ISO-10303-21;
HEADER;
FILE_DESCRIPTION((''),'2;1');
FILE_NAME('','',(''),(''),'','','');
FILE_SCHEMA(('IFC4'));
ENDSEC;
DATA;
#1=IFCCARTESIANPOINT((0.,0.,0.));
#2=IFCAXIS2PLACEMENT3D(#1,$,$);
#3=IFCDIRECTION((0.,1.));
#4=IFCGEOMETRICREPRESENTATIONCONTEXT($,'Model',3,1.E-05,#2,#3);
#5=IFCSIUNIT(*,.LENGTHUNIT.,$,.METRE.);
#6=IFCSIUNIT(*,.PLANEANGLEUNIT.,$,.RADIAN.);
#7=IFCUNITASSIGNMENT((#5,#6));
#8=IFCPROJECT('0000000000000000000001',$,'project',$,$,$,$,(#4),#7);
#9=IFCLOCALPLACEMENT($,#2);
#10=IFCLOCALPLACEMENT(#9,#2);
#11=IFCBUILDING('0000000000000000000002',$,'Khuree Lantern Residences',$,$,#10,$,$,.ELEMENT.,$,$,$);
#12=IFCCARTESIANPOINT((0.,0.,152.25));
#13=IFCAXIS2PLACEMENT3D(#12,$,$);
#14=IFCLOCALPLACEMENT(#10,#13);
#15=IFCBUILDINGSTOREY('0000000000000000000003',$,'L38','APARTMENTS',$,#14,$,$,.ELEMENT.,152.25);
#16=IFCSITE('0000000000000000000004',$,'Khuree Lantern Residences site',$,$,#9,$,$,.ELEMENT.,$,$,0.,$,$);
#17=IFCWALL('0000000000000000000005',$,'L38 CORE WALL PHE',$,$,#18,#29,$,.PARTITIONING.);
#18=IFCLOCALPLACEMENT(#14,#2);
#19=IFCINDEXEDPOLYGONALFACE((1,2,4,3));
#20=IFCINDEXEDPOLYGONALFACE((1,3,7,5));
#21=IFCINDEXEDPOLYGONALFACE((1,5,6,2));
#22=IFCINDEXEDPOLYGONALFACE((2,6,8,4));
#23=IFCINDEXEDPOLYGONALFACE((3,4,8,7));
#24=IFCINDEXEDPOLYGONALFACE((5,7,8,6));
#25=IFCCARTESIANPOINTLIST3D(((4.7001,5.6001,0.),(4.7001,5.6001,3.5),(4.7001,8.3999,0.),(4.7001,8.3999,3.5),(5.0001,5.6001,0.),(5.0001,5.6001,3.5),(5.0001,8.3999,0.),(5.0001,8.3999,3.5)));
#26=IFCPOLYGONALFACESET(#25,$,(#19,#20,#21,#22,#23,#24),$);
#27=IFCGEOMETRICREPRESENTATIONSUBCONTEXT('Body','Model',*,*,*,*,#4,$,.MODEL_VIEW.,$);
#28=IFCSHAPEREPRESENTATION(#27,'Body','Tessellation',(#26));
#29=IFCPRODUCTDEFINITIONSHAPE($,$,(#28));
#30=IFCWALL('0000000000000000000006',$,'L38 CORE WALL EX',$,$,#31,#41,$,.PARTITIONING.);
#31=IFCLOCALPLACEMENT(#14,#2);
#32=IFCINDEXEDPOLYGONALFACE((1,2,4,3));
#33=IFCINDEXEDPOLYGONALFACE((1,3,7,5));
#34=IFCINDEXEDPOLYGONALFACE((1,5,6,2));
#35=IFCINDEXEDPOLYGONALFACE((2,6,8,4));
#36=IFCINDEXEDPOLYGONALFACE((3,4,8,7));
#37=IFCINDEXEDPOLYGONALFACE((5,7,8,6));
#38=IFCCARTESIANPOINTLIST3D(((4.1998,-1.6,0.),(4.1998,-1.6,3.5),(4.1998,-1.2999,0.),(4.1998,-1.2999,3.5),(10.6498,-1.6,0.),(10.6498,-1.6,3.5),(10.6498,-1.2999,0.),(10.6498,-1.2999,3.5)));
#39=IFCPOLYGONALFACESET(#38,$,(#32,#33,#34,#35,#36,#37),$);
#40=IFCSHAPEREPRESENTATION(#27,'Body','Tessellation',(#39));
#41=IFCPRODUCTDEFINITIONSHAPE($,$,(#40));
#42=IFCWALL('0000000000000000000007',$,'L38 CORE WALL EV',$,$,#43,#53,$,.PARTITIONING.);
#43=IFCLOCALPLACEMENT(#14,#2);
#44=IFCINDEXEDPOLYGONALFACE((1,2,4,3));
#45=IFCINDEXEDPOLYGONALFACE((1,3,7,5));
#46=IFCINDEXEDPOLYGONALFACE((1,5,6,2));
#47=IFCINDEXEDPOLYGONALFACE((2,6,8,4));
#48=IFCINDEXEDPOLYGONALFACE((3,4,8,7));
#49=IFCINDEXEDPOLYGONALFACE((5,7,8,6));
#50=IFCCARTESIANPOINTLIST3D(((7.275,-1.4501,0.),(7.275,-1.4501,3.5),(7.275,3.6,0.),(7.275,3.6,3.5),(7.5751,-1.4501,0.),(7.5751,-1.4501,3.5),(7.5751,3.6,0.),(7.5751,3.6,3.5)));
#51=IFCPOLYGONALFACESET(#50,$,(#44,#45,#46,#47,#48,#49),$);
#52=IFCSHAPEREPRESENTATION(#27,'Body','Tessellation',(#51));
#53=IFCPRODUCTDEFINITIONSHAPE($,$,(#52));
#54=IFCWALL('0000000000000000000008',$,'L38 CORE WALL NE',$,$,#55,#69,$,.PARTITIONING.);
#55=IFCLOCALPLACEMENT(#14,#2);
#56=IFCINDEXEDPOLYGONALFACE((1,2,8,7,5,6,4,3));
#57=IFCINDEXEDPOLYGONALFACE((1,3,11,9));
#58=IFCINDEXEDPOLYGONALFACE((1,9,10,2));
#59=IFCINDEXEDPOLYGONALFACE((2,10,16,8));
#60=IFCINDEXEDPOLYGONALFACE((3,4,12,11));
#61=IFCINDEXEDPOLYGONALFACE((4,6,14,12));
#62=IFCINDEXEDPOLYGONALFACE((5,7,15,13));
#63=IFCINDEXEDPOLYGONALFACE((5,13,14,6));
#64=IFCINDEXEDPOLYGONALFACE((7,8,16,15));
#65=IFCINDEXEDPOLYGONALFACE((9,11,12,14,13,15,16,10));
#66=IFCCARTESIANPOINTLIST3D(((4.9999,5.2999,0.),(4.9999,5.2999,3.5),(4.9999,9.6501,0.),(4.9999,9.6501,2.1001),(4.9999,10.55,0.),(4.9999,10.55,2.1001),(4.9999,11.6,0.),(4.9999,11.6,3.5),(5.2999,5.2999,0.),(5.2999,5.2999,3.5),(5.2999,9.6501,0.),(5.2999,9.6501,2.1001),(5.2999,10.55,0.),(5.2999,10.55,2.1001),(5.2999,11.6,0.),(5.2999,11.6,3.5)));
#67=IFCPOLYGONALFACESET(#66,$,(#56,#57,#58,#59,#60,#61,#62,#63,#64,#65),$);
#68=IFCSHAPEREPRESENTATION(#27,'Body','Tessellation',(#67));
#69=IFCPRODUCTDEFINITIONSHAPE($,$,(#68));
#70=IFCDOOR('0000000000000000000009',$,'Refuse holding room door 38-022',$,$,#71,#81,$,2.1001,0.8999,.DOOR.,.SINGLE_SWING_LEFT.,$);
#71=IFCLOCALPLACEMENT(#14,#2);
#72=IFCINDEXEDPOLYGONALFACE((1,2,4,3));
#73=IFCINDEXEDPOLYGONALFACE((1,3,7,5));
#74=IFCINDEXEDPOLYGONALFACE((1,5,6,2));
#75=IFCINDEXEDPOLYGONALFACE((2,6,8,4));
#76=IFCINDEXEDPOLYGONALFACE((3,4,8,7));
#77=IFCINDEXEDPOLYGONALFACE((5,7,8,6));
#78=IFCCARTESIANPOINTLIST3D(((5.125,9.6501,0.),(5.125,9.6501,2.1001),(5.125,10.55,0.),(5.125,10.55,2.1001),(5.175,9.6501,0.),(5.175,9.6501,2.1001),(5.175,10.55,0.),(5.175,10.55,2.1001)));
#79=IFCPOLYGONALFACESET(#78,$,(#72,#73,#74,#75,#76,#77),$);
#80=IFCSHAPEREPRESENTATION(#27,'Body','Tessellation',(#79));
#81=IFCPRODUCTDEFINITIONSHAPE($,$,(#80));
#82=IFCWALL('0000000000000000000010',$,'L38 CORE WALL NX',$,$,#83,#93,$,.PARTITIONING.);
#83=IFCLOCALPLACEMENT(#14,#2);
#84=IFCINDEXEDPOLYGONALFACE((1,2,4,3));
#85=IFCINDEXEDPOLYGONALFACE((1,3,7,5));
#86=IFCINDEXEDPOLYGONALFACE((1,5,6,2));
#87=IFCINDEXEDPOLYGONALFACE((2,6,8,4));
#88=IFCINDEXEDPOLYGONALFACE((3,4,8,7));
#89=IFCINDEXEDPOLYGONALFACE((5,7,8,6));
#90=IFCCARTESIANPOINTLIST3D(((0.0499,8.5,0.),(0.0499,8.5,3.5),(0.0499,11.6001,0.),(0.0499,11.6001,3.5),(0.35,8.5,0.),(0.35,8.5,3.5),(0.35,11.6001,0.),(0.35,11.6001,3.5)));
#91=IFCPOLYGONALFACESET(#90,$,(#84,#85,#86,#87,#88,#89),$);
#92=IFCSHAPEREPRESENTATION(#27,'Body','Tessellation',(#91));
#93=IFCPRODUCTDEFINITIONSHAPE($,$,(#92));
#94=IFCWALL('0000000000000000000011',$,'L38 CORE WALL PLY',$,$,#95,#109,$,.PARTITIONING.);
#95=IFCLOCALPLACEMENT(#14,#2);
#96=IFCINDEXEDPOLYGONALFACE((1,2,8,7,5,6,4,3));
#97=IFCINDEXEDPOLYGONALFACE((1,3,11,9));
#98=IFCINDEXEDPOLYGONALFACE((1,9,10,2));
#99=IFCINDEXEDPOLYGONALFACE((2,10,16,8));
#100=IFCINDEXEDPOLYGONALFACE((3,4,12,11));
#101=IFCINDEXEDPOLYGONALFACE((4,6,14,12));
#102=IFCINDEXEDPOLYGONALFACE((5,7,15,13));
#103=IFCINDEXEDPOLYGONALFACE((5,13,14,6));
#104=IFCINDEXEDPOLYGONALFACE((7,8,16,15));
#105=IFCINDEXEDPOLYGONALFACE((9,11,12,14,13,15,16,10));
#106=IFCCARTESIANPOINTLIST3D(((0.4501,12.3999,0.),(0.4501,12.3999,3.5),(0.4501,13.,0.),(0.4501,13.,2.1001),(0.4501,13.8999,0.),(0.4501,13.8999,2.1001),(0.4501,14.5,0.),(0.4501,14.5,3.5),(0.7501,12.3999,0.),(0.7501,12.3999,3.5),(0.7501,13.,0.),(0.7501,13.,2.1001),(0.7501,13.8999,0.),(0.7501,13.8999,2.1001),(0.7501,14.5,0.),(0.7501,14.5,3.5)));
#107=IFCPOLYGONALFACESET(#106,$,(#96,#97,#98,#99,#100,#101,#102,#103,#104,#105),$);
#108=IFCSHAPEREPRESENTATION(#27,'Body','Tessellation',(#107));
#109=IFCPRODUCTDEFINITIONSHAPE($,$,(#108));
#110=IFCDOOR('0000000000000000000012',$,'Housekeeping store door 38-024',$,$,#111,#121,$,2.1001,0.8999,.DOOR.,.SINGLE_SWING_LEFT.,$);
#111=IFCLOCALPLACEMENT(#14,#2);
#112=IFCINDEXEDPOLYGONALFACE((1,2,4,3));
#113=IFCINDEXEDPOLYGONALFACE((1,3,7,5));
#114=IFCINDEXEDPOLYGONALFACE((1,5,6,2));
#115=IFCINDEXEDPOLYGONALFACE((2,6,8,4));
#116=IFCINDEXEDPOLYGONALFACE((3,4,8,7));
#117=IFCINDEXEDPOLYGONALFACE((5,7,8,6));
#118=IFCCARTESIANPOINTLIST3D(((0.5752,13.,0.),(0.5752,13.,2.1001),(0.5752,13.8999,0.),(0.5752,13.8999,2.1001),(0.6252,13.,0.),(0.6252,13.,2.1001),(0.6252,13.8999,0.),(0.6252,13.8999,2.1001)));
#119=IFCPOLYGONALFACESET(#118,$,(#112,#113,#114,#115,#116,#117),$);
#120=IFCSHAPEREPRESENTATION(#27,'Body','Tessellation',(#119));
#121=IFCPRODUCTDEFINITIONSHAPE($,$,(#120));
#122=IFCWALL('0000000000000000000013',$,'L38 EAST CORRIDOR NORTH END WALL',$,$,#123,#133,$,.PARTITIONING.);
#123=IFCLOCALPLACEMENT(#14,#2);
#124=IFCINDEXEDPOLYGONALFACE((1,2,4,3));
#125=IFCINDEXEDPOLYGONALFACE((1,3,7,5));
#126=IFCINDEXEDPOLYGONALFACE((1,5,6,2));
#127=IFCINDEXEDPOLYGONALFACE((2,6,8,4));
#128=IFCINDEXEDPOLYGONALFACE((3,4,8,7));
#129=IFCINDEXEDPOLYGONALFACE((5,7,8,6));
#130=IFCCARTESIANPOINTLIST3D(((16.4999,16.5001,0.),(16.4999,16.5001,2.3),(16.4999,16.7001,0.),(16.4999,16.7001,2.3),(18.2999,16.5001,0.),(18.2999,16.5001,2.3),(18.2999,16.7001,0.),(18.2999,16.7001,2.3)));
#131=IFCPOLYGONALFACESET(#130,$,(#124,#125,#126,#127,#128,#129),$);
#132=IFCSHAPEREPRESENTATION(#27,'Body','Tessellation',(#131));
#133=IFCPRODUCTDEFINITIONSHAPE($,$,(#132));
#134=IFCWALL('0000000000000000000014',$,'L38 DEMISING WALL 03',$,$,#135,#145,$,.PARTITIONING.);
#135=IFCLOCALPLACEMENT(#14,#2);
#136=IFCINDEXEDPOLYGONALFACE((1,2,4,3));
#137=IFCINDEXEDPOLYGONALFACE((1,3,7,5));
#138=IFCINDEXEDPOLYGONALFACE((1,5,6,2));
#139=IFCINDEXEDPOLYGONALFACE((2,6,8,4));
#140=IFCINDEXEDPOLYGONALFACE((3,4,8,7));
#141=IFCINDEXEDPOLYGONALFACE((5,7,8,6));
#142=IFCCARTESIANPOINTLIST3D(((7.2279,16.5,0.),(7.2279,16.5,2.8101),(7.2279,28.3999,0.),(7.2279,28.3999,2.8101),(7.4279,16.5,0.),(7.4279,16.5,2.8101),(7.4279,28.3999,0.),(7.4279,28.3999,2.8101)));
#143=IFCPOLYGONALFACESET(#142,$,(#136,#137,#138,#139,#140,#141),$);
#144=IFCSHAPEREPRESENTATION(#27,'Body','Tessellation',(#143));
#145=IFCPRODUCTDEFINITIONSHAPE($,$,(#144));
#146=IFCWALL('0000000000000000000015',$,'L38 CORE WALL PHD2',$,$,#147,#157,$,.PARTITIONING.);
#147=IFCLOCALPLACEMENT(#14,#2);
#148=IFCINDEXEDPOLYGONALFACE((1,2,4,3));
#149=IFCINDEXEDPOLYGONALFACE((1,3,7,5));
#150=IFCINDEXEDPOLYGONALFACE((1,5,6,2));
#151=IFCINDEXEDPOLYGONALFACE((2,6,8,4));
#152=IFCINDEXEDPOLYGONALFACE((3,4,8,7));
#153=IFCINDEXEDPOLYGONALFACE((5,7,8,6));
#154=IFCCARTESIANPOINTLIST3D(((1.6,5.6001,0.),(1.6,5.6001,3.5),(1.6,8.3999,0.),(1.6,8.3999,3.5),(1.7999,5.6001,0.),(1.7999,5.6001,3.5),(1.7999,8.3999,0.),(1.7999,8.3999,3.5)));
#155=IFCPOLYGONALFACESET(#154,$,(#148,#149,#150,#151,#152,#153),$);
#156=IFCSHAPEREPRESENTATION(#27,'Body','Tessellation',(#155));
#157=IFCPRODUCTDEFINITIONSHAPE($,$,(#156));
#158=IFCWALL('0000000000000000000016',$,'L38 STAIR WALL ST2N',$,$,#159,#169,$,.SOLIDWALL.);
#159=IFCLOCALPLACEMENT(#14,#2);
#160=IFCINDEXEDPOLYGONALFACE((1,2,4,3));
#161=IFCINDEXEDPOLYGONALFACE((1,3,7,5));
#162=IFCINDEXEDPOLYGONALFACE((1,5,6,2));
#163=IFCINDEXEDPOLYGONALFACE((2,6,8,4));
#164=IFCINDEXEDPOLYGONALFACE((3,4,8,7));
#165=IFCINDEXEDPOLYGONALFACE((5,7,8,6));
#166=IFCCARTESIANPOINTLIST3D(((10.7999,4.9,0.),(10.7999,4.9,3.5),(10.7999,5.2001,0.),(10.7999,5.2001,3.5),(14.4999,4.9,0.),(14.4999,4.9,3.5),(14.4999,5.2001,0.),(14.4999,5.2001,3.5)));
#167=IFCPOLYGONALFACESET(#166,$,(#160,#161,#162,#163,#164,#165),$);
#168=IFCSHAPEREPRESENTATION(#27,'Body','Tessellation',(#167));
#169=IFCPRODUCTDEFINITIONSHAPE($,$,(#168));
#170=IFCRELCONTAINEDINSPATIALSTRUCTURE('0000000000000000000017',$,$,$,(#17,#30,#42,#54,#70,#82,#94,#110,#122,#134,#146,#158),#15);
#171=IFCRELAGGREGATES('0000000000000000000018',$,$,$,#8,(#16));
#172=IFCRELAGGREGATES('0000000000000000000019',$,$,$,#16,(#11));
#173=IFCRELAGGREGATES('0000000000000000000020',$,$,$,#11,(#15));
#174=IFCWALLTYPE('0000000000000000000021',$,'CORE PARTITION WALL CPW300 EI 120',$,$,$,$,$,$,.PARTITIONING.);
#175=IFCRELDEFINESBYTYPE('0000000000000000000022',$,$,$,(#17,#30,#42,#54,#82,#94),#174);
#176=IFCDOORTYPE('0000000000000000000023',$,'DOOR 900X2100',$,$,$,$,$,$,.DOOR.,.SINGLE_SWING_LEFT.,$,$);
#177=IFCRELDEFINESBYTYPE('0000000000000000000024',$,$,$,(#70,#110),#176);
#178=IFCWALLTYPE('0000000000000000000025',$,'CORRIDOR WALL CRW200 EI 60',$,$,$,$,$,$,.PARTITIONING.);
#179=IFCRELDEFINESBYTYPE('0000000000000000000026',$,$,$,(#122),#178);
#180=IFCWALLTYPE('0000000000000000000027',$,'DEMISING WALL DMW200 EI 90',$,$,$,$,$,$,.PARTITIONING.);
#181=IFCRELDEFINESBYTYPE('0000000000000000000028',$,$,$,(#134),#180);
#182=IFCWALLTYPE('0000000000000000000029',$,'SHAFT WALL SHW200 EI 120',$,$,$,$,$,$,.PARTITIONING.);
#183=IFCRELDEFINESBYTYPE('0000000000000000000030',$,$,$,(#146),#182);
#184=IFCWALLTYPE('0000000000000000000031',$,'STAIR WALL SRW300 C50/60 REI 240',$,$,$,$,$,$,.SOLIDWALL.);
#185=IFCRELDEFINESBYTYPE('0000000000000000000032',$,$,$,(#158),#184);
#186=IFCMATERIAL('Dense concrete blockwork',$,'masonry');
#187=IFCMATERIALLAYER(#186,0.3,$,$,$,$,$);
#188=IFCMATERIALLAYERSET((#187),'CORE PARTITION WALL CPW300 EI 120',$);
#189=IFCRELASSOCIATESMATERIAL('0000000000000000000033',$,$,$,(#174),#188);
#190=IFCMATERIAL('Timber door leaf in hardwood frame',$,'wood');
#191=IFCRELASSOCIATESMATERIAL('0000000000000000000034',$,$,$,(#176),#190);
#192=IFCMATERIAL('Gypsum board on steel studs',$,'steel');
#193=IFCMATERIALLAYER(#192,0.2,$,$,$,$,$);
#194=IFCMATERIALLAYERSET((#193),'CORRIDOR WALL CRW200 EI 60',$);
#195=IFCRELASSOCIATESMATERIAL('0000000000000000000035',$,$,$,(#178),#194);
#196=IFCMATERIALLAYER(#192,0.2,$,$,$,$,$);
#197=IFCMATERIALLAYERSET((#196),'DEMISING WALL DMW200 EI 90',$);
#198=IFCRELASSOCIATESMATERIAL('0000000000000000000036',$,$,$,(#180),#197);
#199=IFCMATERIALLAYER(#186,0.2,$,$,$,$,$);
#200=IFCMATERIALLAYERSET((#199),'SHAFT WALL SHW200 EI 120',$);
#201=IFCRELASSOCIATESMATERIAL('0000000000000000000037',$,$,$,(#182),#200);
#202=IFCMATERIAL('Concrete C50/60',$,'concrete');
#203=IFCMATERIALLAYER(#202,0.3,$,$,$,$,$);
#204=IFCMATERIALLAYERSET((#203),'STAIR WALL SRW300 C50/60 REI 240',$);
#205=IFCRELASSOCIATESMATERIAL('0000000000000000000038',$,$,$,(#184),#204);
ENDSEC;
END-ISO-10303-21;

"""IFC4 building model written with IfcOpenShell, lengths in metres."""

from ifc_helpers import new_model, si_unit, direction, frame, frame_2d, origin, place, context, subcontext, project, spatial, rectangle, extrude, material, layer, layer_set, type_object, element, fill, save


model = new_model("IFC4")

# Units and contexts
model_context = context("Model", 3, precision=1e-05, world=origin(), true_north=direction((0.0, 1.0)))
body_context = subcontext(model_context, "Body", "Model", "MODEL_VIEW")
ifc_project = project(units=[si_unit("LENGTHUNIT", "METRE"), si_unit("PLANEANGLEUNIT", "RADIAN")], contexts=[model_context])

# Site, building, storey
site_placement = place(None, origin())
site = spatial("IfcSite", under=ifc_project, at=site_placement, Name="Khuree Lantern Residences site", CompositionType="ELEMENT", RefElevation=0.0)
building_placement = place(site_placement, origin())
building = spatial("IfcBuilding", under=site, at=building_placement, Name="Khuree Lantern Residences", CompositionType="ELEMENT")
storey_placement = place(building_placement, frame((0.0, 0.0, 152.25)))
storey = spatial("IfcBuildingStorey", under=building, at=storey_placement, Name="L38", Description="APARTMENTS", CompositionType="ELEMENT", Elevation=152.25)

# Walls
ifc_material_1 = material(Name="Dense concrete blockwork", Category="masonry")
ifc_layer_1 = layer(ifc_material_1, 0.3)
ifc_layer_set_1 = layer_set([ifc_layer_1], Name="CORE PARTITION WALL CPW300 EI 120")
wall_type_1 = type_object("IfcWallType", Name="CORE PARTITION WALL CPW300 EI 120", PredefinedType="PARTITIONING", material=ifc_layer_set_1)
wall_1_placement = place(storey_placement, frame((4.8501, 5.6001, 0.0), z_axis=(0.0, 0.0, 1.0), x_axis=(0.0, 1.0, 0.0)))
element("IfcWall", 1, at=wall_1_placement, inside=storey, type_object=wall_type_1, Name="L38 CORE WALL PHE", PredefinedType="PARTITIONING", context=body_context, shape_type="SweptSolid", body=[
    extrude(rectangle(XDim=2.7998, YDim=0.3, at=frame_2d((1.3999, 0.0))), origin(), (0.0, 0.0, 1.0), 3.5),
])
wall_2_placement = place(storey_placement, frame((10.6499, -1.45, 0.0), z_axis=(0.0, 0.0, 1.0), x_axis=(-1.0, 0.0, 0.0)))
element("IfcWall", 2, at=wall_2_placement, inside=storey, type_object=wall_type_1, Name="L38 CORE WALL EX", PredefinedType="PARTITIONING", context=body_context, shape_type="SweptSolid", body=[
    extrude(rectangle(XDim=6.45, YDim=0.3, at=frame_2d((3.2251, 0.0))), origin(), (0.0, 0.0, 1.0), 3.5),
])
wall_3_placement = place(storey_placement, frame((7.425, -1.45, 0.0), z_axis=(0.0, 0.0, 1.0), x_axis=(0.0, 1.0, 0.0)))
element("IfcWall", 3, at=wall_3_placement, inside=storey, type_object=wall_type_1, Name="L38 CORE WALL EV", PredefinedType="PARTITIONING", context=body_context, shape_type="SweptSolid", body=[
    extrude(rectangle(XDim=5.05, YDim=0.3, at=frame_2d((2.5249, 0.0))), origin(), (0.0, 0.0, 1.0), 3.5),
])

# Wall, opening, door
wall_4_placement = place(storey_placement, frame((5.1499, 5.3, 0.0), z_axis=(0.0, 0.0, 1.0), x_axis=(0.0, 1.0, 0.0)))
wall_4 = element("IfcWall", 4, at=wall_4_placement, inside=storey, type_object=wall_type_1, Name="L38 CORE WALL NE", PredefinedType="PARTITIONING", context=body_context, shape_type="SweptSolid", body=[
    extrude(rectangle(XDim=6.3, YDim=0.3, at=frame_2d((3.1499, 0.0))), origin(), (0.0, 0.0, 1.0), 3.5),
])
opening_1_placement = place(wall_4_placement, frame((4.3501, 0.0, 0.0)))
opening_1 = element("IfcOpeningElement", 5, at=opening_1_placement, cuts=wall_4, PredefinedType="OPENING", context=body_context, shape_type="SweptSolid", body=[
    extrude(rectangle(XDim=0.8999, YDim=2.1001, at=frame_2d((0.45, 1.05))), frame((0.0, 0.1602, 0.0), z_axis=(0.0, -1.0, 0.0), x_axis=(1.0, 0.0, 0.0)), (0.0, 0.0, 1.0), 0.3201),
])
ifc_material_2 = material(Name="Timber door leaf in hardwood frame", Category="wood")
door_type = type_object("IfcDoorType", Name="DOOR 900X2100", OperationType="SINGLE_SWING_LEFT", PredefinedType="DOOR", material=ifc_material_2)
door_1_placement = place(opening_1_placement, origin())
door_1 = element("IfcDoor", 6, at=door_1_placement, inside=storey, type_object=door_type, Name="Refuse holding room door 38-022", OperationType="SINGLE_SWING_LEFT", OverallHeight=2.1001, OverallWidth=0.8999, PredefinedType="DOOR", context=body_context, shape_type="SweptSolid", body=[
    extrude(rectangle(XDim=0.8999, YDim=2.1001, at=frame_2d((0.45, 1.05))), frame((0.0, 0.0249, 0.0), z_axis=(0.0, -1.0, 0.0), x_axis=(1.0, 0.0, 0.0)), (0.0, 0.0, 1.0), 0.05),
])
fill(opening_1, door_1)

# Wall
wall_5_placement = place(storey_placement, frame((0.2, 8.5, 0.0), z_axis=(0.0, 0.0, 1.0), x_axis=(0.0, 1.0, 0.0)))
element("IfcWall", 7, at=wall_5_placement, inside=storey, type_object=wall_type_1, Name="L38 CORE WALL NX", PredefinedType="PARTITIONING", context=body_context, shape_type="SweptSolid", body=[
    extrude(rectangle(XDim=3.1001, YDim=0.3, at=frame_2d((1.55, 0.0))), origin(), (0.0, 0.0, 1.0), 3.5),
])

# Wall, opening, door
wall_6_placement = place(storey_placement, frame((0.6001, 12.3999, 0.0), z_axis=(0.0, 0.0, 1.0), x_axis=(0.0, 1.0, 0.0)))
wall_6 = element("IfcWall", 8, at=wall_6_placement, inside=storey, type_object=wall_type_1, Name="L38 CORE WALL PLY", PredefinedType="PARTITIONING", context=body_context, shape_type="SweptSolid", body=[
    extrude(rectangle(XDim=2.1001, YDim=0.3, at=frame_2d((1.05, 0.0))), origin(), (0.0, 0.0, 1.0), 3.5),
])
opening_2_placement = place(wall_6_placement, frame((0.6001, 0.0, 0.0)))
opening_2 = element("IfcOpeningElement", 9, at=opening_2_placement, cuts=wall_6, PredefinedType="OPENING", context=body_context, shape_type="SweptSolid", body=[
    extrude(rectangle(XDim=0.8999, YDim=2.1001, at=frame_2d((0.45, 1.05))), frame((0.0, 0.1602, 0.0), z_axis=(0.0, -1.0, 0.0), x_axis=(1.0, 0.0, 0.0)), (0.0, 0.0, 1.0), 0.3201),
])
door_2_placement = place(opening_2_placement, origin())
door_2 = element("IfcDoor", 10, at=door_2_placement, inside=storey, type_object=door_type, Name="Housekeeping store door 38-024", OperationType="SINGLE_SWING_LEFT", OverallHeight=2.1001, OverallWidth=0.8999, PredefinedType="DOOR", context=body_context, shape_type="SweptSolid", body=[
    extrude(rectangle(XDim=0.8999, YDim=2.1001, at=frame_2d((0.45, 1.05))), frame((0.0, 0.0249, 0.0), z_axis=(0.0, -1.0, 0.0), x_axis=(1.0, 0.0, 0.0)), (0.0, 0.0, 1.0), 0.05),
])
fill(opening_2, door_2)

# Walls
ifc_material_3 = material(Name="Gypsum board on steel studs", Category="steel")
ifc_layer_2 = layer(ifc_material_3, 0.2)
ifc_layer_set_2 = layer_set([ifc_layer_2], Name="CORRIDOR WALL CRW200 EI 60")
wall_type_2 = type_object("IfcWallType", Name="CORRIDOR WALL CRW200 EI 60", PredefinedType="PARTITIONING", material=ifc_layer_set_2)
wall_7_placement = place(storey_placement, frame((16.5, 16.6001, 0.0), z_axis=(0.0, 0.0, 1.0), x_axis=(1.0, 0.0, 0.0)))
element("IfcWall", 11, at=wall_7_placement, inside=storey, type_object=wall_type_2, Name="L38 EAST CORRIDOR NORTH END WALL", PredefinedType="PARTITIONING", context=body_context, shape_type="SweptSolid", body=[
    extrude(rectangle(XDim=1.8, YDim=0.2, at=frame_2d((0.8999, 0.0))), origin(), (0.0, 0.0, 1.0), 2.3),
])
ifc_layer_3 = layer(ifc_material_3, 0.2)
ifc_layer_set_3 = layer_set([ifc_layer_3], Name="DEMISING WALL DMW200 EI 90")
wall_type_3 = type_object("IfcWallType", Name="DEMISING WALL DMW200 EI 90", PredefinedType="PARTITIONING", material=ifc_layer_set_3)
wall_8_placement = place(storey_placement, frame((7.3279, 16.5, 0.0), z_axis=(0.0, 0.0, 1.0), x_axis=(0.0, 1.0, 0.0)))
element("IfcWall", 12, at=wall_8_placement, inside=storey, type_object=wall_type_3, Name="L38 DEMISING WALL 03", PredefinedType="PARTITIONING", context=body_context, shape_type="SweptSolid", body=[
    extrude(rectangle(XDim=11.8999, YDim=0.2, at=frame_2d((5.95, 0.0))), origin(), (0.0, 0.0, 1.0), 2.8101),
])
ifc_layer_4 = layer(ifc_material_1, 0.2)
ifc_layer_set_4 = layer_set([ifc_layer_4], Name="SHAFT WALL SHW200 EI 120")
wall_type_4 = type_object("IfcWallType", Name="SHAFT WALL SHW200 EI 120", PredefinedType="PARTITIONING", material=ifc_layer_set_4)
wall_9_placement = place(storey_placement, frame((1.7, 5.6001, 0.0), z_axis=(0.0, 0.0, 1.0), x_axis=(0.0, 1.0, 0.0)))
element("IfcWall", 13, at=wall_9_placement, inside=storey, type_object=wall_type_4, Name="L38 CORE WALL PHD2", PredefinedType="PARTITIONING", context=body_context, shape_type="SweptSolid", body=[
    extrude(rectangle(XDim=2.7998, YDim=0.2, at=frame_2d((1.3999, 0.0))), origin(), (0.0, 0.0, 1.0), 3.5),
])
ifc_material_4 = material(Name="Concrete C50/60", Category="concrete")
ifc_layer_5 = layer(ifc_material_4, 0.3)
ifc_layer_set_5 = layer_set([ifc_layer_5], Name="STAIR WALL SRW300 C50/60 REI 240")
wall_type_5 = type_object("IfcWallType", Name="STAIR WALL SRW300 C50/60 REI 240", PredefinedType="SOLIDWALL", material=ifc_layer_set_5)
wall_10_placement = place(storey_placement, frame((14.5, 5.05, 0.0), z_axis=(0.0, 0.0, 1.0), x_axis=(-1.0, 0.0, 0.0)))
element("IfcWall", 14, at=wall_10_placement, inside=storey, type_object=wall_type_5, Name="L38 STAIR WALL ST2N", PredefinedType="SOLIDWALL", context=body_context, shape_type="SweptSolid", body=[
    extrude(rectangle(XDim=3.7, YDim=0.3, at=frame_2d((1.8501, 0.0))), origin(), (0.0, 0.0, 1.0), 3.5),
])

save(model, "model.ifc")
